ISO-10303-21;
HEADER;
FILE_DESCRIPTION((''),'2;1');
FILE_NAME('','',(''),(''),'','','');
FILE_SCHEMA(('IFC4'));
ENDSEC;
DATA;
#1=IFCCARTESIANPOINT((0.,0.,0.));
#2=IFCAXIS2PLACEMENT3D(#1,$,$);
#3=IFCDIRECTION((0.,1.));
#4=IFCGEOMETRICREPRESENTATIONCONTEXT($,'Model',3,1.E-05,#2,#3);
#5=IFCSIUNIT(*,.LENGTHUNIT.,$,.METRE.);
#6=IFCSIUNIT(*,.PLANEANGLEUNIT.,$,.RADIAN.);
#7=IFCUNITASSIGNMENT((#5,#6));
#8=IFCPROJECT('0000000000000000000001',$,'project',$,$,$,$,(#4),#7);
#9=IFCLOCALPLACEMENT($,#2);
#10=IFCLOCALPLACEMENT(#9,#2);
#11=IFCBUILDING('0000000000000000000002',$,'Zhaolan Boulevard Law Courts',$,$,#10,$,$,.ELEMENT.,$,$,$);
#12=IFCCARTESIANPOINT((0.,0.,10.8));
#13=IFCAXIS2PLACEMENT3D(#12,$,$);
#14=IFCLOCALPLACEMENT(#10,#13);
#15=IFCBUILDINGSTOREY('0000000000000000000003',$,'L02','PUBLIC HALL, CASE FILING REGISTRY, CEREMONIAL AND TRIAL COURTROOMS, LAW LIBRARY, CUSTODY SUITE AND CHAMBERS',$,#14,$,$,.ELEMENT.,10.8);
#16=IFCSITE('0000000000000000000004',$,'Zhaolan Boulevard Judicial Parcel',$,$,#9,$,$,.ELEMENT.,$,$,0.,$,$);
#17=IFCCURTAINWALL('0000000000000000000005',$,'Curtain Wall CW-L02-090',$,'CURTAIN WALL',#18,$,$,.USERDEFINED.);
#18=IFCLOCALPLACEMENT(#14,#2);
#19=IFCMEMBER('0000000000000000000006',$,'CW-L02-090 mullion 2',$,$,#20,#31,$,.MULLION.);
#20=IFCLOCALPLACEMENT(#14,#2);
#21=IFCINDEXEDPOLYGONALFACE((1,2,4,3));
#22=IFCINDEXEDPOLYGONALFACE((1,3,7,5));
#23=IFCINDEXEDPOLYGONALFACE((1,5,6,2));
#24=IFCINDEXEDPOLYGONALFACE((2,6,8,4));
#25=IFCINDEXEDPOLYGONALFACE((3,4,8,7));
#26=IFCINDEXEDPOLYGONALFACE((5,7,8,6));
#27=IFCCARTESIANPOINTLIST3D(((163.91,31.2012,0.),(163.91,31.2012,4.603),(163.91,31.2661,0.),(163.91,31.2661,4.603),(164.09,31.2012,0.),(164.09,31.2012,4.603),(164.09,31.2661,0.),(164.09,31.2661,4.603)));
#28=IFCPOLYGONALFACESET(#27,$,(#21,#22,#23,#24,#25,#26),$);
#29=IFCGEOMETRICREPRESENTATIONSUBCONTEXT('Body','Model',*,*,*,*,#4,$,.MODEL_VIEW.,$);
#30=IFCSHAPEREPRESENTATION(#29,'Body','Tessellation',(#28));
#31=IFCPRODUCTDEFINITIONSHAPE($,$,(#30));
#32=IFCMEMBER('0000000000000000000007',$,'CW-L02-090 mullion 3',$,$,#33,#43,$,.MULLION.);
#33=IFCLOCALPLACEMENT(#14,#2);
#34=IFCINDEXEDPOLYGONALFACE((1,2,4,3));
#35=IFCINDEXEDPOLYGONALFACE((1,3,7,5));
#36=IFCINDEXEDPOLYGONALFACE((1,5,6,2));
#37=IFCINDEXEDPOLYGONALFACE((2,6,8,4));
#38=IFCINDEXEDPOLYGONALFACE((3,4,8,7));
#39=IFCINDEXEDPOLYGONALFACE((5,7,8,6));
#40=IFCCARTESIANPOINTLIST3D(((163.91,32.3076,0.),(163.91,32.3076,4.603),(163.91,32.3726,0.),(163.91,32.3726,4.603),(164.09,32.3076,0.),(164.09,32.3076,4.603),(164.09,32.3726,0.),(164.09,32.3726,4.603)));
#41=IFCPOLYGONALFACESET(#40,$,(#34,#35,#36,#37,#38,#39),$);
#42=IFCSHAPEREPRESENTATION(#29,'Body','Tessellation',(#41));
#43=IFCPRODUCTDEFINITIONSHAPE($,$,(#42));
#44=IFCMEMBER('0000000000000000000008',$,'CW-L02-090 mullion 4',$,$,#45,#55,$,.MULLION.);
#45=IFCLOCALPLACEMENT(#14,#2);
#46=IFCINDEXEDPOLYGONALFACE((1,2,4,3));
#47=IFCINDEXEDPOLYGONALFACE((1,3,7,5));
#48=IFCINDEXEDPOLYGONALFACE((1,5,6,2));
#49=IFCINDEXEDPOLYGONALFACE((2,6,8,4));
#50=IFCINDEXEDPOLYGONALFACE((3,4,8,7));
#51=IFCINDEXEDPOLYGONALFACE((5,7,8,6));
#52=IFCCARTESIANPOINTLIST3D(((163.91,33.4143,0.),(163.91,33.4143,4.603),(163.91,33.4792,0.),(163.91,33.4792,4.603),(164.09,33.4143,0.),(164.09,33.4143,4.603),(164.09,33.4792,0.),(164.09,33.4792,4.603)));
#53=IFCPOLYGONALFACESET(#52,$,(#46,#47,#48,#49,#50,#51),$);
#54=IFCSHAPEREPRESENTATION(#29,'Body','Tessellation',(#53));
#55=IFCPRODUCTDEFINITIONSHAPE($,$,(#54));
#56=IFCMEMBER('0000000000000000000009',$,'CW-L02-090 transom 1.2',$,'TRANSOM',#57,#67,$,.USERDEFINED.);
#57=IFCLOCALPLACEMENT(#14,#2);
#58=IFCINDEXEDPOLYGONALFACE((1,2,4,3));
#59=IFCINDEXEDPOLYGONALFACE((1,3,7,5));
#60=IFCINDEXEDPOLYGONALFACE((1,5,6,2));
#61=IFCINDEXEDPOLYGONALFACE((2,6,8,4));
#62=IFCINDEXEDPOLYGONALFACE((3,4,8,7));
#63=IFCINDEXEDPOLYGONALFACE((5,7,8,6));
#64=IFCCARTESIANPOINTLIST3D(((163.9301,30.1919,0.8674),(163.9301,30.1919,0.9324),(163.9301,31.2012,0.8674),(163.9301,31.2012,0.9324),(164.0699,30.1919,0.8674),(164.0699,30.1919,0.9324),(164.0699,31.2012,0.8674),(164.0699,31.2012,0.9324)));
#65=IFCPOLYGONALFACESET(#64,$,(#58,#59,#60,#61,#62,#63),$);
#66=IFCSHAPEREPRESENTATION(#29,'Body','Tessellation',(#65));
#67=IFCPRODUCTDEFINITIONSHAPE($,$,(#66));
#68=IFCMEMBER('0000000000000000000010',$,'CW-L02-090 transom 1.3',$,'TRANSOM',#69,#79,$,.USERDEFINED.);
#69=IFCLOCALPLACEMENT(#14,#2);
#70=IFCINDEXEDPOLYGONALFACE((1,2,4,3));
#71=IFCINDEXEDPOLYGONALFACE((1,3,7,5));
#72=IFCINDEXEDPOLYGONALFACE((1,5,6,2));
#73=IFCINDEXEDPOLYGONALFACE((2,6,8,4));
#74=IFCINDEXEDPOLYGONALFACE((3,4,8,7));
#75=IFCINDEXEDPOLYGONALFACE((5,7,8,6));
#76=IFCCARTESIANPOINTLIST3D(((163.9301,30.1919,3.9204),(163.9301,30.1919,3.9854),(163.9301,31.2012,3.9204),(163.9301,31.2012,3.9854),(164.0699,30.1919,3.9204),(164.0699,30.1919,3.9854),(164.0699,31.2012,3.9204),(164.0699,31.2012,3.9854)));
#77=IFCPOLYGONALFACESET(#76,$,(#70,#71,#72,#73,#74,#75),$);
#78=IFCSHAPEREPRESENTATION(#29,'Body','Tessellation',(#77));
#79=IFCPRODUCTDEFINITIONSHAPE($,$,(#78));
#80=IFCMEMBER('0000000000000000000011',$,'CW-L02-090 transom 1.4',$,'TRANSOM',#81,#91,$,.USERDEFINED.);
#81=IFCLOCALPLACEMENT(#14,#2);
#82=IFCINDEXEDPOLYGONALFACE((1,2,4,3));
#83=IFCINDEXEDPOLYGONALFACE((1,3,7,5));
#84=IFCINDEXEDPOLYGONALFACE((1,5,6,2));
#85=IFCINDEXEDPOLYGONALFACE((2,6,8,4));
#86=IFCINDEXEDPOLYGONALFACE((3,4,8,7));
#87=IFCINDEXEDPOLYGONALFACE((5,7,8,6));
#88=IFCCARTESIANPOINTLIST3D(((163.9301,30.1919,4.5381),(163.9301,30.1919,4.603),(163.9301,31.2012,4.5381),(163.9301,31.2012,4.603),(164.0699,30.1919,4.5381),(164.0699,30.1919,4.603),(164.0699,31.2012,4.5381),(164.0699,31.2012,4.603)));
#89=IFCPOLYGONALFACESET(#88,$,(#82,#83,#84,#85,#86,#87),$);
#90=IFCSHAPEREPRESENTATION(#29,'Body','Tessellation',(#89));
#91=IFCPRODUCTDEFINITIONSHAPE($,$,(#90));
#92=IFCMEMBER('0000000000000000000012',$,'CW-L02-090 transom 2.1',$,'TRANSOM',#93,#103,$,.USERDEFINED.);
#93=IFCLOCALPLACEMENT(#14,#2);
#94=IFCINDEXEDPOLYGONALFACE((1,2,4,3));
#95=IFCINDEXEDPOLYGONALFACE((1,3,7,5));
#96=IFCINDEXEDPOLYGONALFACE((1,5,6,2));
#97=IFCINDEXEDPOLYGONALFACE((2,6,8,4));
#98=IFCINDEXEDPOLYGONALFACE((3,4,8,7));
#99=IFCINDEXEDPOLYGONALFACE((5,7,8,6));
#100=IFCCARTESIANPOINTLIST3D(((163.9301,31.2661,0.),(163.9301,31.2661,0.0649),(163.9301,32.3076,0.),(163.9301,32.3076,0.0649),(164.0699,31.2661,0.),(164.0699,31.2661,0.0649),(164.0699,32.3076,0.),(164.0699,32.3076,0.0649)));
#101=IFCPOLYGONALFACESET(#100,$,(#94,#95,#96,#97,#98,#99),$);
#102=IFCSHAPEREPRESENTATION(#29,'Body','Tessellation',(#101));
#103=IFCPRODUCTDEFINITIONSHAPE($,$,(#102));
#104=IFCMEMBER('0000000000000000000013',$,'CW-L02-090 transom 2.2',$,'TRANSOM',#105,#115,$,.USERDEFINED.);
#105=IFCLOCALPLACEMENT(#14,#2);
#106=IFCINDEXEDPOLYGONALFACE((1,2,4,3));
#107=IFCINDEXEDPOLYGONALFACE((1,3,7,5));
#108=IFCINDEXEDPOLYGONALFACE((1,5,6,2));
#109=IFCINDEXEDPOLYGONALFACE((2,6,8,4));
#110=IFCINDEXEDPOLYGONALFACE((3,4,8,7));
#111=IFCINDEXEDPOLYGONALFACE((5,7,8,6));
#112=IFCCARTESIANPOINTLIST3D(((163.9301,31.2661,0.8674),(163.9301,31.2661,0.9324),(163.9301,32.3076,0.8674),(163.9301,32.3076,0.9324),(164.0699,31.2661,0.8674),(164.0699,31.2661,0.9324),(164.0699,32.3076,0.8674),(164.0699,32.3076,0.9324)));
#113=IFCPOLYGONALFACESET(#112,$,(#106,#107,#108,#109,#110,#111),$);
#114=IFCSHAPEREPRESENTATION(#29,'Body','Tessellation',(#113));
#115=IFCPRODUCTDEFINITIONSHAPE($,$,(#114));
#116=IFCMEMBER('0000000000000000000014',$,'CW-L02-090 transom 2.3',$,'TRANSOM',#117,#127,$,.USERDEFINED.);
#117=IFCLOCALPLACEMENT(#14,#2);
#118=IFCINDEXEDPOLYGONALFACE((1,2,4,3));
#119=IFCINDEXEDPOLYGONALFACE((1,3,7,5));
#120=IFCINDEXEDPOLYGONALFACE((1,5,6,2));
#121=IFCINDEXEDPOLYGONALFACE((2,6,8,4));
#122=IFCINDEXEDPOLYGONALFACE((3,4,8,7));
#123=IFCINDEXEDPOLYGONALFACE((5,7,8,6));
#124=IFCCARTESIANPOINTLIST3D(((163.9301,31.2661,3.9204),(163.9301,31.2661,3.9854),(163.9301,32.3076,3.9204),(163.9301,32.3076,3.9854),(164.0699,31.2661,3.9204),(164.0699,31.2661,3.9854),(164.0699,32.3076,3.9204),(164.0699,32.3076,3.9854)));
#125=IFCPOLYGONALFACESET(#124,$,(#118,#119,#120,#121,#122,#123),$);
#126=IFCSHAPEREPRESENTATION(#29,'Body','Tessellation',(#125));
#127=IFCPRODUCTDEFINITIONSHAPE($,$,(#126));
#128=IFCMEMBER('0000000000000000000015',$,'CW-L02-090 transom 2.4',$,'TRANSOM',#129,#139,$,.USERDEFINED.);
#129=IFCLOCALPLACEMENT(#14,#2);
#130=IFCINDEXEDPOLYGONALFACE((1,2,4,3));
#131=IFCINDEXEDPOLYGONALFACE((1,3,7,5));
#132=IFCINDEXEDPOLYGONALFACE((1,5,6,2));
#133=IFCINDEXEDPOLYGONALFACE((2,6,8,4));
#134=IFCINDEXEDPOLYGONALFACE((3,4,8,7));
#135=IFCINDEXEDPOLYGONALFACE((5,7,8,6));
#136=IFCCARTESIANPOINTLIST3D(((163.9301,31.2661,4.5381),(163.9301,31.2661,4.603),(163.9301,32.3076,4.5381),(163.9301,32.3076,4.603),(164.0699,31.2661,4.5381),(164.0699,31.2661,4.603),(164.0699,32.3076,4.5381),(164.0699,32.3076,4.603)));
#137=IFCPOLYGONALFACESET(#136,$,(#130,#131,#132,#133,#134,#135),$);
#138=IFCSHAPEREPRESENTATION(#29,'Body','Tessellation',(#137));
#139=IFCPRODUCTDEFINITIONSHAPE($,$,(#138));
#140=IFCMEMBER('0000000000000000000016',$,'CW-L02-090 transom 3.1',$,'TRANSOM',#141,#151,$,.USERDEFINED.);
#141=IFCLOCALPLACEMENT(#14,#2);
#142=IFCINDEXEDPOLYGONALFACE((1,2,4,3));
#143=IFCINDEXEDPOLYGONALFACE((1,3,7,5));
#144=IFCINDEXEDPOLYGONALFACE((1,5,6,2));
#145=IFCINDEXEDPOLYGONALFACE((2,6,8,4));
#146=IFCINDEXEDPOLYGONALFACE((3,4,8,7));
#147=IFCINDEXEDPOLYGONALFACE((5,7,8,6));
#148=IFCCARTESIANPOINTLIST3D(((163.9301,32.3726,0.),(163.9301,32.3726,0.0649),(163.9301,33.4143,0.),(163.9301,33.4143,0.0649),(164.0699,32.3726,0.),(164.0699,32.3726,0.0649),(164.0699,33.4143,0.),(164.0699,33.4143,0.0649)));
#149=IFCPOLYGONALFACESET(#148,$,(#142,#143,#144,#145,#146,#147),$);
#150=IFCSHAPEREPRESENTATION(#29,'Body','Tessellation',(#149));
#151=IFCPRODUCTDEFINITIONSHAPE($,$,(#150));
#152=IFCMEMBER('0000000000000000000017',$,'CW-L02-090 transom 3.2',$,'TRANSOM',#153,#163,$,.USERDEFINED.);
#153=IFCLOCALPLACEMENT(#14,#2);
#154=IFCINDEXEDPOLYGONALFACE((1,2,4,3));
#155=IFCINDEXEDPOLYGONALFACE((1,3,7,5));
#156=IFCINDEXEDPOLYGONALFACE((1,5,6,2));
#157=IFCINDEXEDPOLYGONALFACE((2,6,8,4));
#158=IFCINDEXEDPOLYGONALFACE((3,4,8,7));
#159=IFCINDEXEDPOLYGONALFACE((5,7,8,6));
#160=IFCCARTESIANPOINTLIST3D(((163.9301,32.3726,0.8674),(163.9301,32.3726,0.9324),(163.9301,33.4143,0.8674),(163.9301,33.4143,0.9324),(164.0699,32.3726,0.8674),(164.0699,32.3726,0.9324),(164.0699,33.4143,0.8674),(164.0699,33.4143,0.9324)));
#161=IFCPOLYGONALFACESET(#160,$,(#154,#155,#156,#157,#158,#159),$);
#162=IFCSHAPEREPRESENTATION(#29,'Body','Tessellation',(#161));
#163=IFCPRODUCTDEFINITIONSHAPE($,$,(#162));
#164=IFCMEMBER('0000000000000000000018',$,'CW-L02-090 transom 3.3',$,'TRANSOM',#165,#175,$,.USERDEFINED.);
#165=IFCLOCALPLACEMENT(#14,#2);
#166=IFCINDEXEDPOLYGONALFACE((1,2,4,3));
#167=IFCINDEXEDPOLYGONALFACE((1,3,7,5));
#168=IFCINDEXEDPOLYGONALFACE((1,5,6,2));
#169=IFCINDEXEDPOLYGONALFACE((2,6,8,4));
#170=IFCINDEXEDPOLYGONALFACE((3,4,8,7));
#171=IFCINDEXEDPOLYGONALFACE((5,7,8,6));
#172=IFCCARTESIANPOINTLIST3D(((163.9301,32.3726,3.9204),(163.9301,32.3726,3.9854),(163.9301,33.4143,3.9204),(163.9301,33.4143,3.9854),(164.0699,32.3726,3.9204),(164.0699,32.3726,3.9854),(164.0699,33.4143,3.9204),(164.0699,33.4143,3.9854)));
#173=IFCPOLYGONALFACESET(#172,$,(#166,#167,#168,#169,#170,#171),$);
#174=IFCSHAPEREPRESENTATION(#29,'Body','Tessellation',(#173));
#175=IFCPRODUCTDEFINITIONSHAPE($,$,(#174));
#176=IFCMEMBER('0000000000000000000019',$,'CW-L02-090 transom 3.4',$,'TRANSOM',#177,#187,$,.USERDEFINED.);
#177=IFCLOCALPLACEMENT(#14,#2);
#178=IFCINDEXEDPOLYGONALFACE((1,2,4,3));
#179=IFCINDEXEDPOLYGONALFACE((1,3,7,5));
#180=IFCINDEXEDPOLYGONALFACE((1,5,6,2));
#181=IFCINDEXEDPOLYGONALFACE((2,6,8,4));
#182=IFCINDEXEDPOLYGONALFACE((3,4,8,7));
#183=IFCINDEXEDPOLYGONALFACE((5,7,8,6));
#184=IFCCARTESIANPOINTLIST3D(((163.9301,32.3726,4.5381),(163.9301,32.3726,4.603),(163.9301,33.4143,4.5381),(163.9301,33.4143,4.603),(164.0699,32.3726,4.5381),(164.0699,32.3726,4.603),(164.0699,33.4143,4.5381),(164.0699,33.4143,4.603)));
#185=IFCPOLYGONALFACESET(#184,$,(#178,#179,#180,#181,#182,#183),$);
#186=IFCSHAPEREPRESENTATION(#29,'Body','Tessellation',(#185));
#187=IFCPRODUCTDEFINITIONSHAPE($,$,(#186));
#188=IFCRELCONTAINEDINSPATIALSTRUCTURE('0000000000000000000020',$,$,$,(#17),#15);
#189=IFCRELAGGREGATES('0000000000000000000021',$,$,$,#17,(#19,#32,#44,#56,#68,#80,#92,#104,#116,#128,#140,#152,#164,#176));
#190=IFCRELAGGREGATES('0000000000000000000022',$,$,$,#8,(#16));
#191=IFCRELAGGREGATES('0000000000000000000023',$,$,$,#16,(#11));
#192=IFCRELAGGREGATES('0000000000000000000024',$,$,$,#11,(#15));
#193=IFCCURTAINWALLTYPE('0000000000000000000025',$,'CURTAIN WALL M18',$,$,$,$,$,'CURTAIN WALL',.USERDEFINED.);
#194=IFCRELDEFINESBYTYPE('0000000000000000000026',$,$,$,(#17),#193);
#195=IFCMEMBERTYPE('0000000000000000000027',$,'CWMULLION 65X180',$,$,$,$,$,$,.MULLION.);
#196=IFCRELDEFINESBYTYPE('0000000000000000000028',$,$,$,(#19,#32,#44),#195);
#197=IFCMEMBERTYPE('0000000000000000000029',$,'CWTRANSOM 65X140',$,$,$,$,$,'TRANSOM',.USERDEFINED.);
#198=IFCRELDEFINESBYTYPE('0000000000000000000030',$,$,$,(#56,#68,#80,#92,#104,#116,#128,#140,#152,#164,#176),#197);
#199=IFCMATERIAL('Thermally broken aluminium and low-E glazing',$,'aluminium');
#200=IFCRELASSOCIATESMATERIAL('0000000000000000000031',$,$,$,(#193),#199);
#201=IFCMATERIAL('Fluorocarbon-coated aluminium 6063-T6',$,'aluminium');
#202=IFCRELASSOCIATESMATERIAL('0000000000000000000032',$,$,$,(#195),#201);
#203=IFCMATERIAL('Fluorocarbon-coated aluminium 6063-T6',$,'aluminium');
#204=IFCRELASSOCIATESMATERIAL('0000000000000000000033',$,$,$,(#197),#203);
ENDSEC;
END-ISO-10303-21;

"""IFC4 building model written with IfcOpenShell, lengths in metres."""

from ifc_helpers import new_model, si_unit, direction, frame, origin, origin_2d, place, context, subcontext, project, spatial, rectangle, extrude, material, material_profile, profile_set, type_object, element, aggregate, save


model = new_model("IFC4")

# Units and contexts
model_context = context("Model", 3, precision=1e-05, world=origin(), true_north=direction((0.0, 1.0)))
body_context = subcontext(model_context, "Body", "Model", "MODEL_VIEW")
ifc_project = project(units=[si_unit("LENGTHUNIT", "METRE"), si_unit("PLANEANGLEUNIT", "RADIAN")], contexts=[model_context])

# Site, building, storey
site_placement = place(None, origin())
site = spatial("IfcSite", under=ifc_project, at=site_placement, Name="Zhaolan Boulevard Judicial Parcel", CompositionType="ELEMENT", RefElevation=0.0)
building_placement = place(site_placement, origin())
building = spatial("IfcBuilding", under=site, at=building_placement, Name="Zhaolan Boulevard Law Courts", CompositionType="ELEMENT")
storey_placement = place(building_placement, frame((0.0, 0.0, 10.8)))
storey = spatial("IfcBuildingStorey", under=building, at=storey_placement, Name="L02", Description="PUBLIC HALL, CASE FILING REGISTRY, CEREMONIAL AND TRIAL COURTROOMS, LAW LIBRARY, CUSTODY SUITE AND CHAMBERS", CompositionType="ELEMENT", Elevation=10.8)

# Curtain wall, members
ifc_material_1 = material(Name="Thermally broken aluminium and low-E glazing", Category="aluminium")
curtain_wall_type = type_object("IfcCurtainWallType", Name="CURTAIN WALL M18", ElementType="CURTAIN WALL", PredefinedType="USERDEFINED", material=ifc_material_1)
curtain_wall_placement = place(storey_placement, origin())
curtain_wall = element("IfcCurtainWall", 1, at=curtain_wall_placement, inside=storey, type_object=curtain_wall_type, Name="Curtain Wall CW-L02-090", ObjectType="CURTAIN WALL", PredefinedType="USERDEFINED")
ifc_material_2 = material(Name="Fluorocarbon-coated aluminium 6063-T6", Category="aluminium")
ifc_material_profile_1 = material_profile(ifc_material_2, rectangle(XDim=0.1799, YDim=0.0649, at=origin_2d()), Name="AL65x180")
ifc_profile_set_1 = profile_set([ifc_material_profile_1], Name="Fluorocarbon-coated aluminium 6063-T6")
member_type_1 = type_object("IfcMemberType", Name="CWMULLION 65X180", PredefinedType="MULLION", material=ifc_profile_set_1)
member_1_placement = place(storey_placement, frame((164.0, 31.2336, 0.0), z_axis=(0.0, 0.0, 1.0), x_axis=(-1.0, 0.0, 0.0)))
member_1 = element("IfcMember", 2, at=member_1_placement, type_object=member_type_1, Name="CW-L02-090 mullion 2", PredefinedType="MULLION", context=body_context, shape_type="SweptSolid", body=[
    extrude(rectangle(XDim=0.1799, YDim=0.0649, at=origin_2d()), origin(), (0.0, 0.0, 1.0), 4.603),
])
member_2_placement = place(storey_placement, frame((164.0, 32.3401, 0.0), z_axis=(0.0, 0.0, 1.0), x_axis=(-1.0, 0.0, 0.0)))
member_2 = element("IfcMember", 3, at=member_2_placement, type_object=member_type_1, Name="CW-L02-090 mullion 3", PredefinedType="MULLION", context=body_context, shape_type="SweptSolid", body=[
    extrude(rectangle(XDim=0.1799, YDim=0.0649, at=origin_2d()), origin(), (0.0, 0.0, 1.0), 4.603),
])
member_3_placement = place(storey_placement, frame((164.0, 33.4468, 0.0), z_axis=(0.0, 0.0, 1.0), x_axis=(-1.0, 0.0, 0.0)))
member_3 = element("IfcMember", 4, at=member_3_placement, type_object=member_type_1, Name="CW-L02-090 mullion 4", PredefinedType="MULLION", context=body_context, shape_type="SweptSolid", body=[
    extrude(rectangle(XDim=0.1799, YDim=0.0649, at=origin_2d()), origin(), (0.0, 0.0, 1.0), 4.603),
])
ifc_material_3 = material(Name="Fluorocarbon-coated aluminium 6063-T6", Category="aluminium")
ifc_material_profile_2 = material_profile(ifc_material_3, rectangle(XDim=0.1399, YDim=0.0649, at=origin_2d()), Name="AL65x140")
ifc_profile_set_2 = profile_set([ifc_material_profile_2], Name="Fluorocarbon-coated aluminium 6063-T6")
member_type_2 = type_object("IfcMemberType", Name="CWTRANSOM 65X140", ElementType="TRANSOM", PredefinedType="USERDEFINED", material=ifc_profile_set_2)
member_4_placement = place(storey_placement, frame((164.0, 30.1919, 0.8999), z_axis=(0.0, 1.0, 0.0), x_axis=(-1.0, 0.0, 0.0)))
member_4 = element("IfcMember", 5, at=member_4_placement, type_object=member_type_2, Name="CW-L02-090 transom 1.2", ObjectType="TRANSOM", PredefinedType="USERDEFINED", context=body_context, shape_type="SweptSolid", body=[
    extrude(rectangle(XDim=0.1399, YDim=0.0649, at=origin_2d()), origin(), (0.0, 0.0, 1.0), 1.0093),
])
member_5_placement = place(storey_placement, frame((164.0, 30.1919, 3.9529), z_axis=(0.0, 1.0, 0.0), x_axis=(-1.0, 0.0, 0.0)))
member_5 = element("IfcMember", 6, at=member_5_placement, type_object=member_type_2, Name="CW-L02-090 transom 1.3", ObjectType="TRANSOM", PredefinedType="USERDEFINED", context=body_context, shape_type="SweptSolid", body=[
    extrude(rectangle(XDim=0.1399, YDim=0.0649, at=origin_2d()), origin(), (0.0, 0.0, 1.0), 1.0093),
])
member_6_placement = place(storey_placement, frame((164.0, 30.1919, 4.5706), z_axis=(0.0, 1.0, 0.0), x_axis=(-1.0, 0.0, 0.0)))
member_6 = element("IfcMember", 7, at=member_6_placement, type_object=member_type_2, Name="CW-L02-090 transom 1.4", ObjectType="TRANSOM", PredefinedType="USERDEFINED", context=body_context, shape_type="SweptSolid", body=[
    extrude(rectangle(XDim=0.1399, YDim=0.0649, at=origin_2d()), origin(), (0.0, 0.0, 1.0), 1.0093),
])
member_7_placement = place(storey_placement, frame((164.0, 31.2661, 0.0325), z_axis=(0.0, 1.0, 0.0), x_axis=(-1.0, 0.0, 0.0)))
member_7 = element("IfcMember", 8, at=member_7_placement, type_object=member_type_2, Name="CW-L02-090 transom 2.1", ObjectType="TRANSOM", PredefinedType="USERDEFINED", context=body_context, shape_type="SweptSolid", body=[
    extrude(rectangle(XDim=0.1399, YDim=0.0649, at=origin_2d()), origin(), (0.0, 0.0, 1.0), 1.0415),
])
member_8_placement = place(storey_placement, frame((164.0, 31.2661, 0.8999), z_axis=(0.0, 1.0, 0.0), x_axis=(-1.0, 0.0, 0.0)))
member_8 = element("IfcMember", 9, at=member_8_placement, type_object=member_type_2, Name="CW-L02-090 transom 2.2", ObjectType="TRANSOM", PredefinedType="USERDEFINED", context=body_context, shape_type="SweptSolid", body=[
    extrude(rectangle(XDim=0.1399, YDim=0.0649, at=origin_2d()), origin(), (0.0, 0.0, 1.0), 1.0415),
])
member_9_placement = place(storey_placement, frame((164.0, 31.2661, 3.9529), z_axis=(0.0, 1.0, 0.0), x_axis=(-1.0, 0.0, 0.0)))
member_9 = element("IfcMember", 10, at=member_9_placement, type_object=member_type_2, Name="CW-L02-090 transom 2.3", ObjectType="TRANSOM", PredefinedType="USERDEFINED", context=body_context, shape_type="SweptSolid", body=[
    extrude(rectangle(XDim=0.1399, YDim=0.0649, at=origin_2d()), origin(), (0.0, 0.0, 1.0), 1.0415),
])
member_10_placement = place(storey_placement, frame((164.0, 31.2661, 4.5706), z_axis=(0.0, 1.0, 0.0), x_axis=(-1.0, 0.0, 0.0)))
member_10 = element("IfcMember", 11, at=member_10_placement, type_object=member_type_2, Name="CW-L02-090 transom 2.4", ObjectType="TRANSOM", PredefinedType="USERDEFINED", context=body_context, shape_type="SweptSolid", body=[
    extrude(rectangle(XDim=0.1399, YDim=0.0649, at=origin_2d()), origin(), (0.0, 0.0, 1.0), 1.0415),
])
member_11_placement = place(storey_placement, frame((164.0, 32.3726, 0.0325), z_axis=(0.0, 1.0, 0.0), x_axis=(-1.0, 0.0, 0.0)))
member_11 = element("IfcMember", 12, at=member_11_placement, type_object=member_type_2, Name="CW-L02-090 transom 3.1", ObjectType="TRANSOM", PredefinedType="USERDEFINED", context=body_context, shape_type="SweptSolid", body=[
    extrude(rectangle(XDim=0.1399, YDim=0.0649, at=origin_2d()), origin(), (0.0, 0.0, 1.0), 1.0417),
])
member_12_placement = place(storey_placement, frame((164.0, 32.3726, 0.8999), z_axis=(0.0, 1.0, 0.0), x_axis=(-1.0, 0.0, 0.0)))
member_12 = element("IfcMember", 13, at=member_12_placement, type_object=member_type_2, Name="CW-L02-090 transom 3.2", ObjectType="TRANSOM", PredefinedType="USERDEFINED", context=body_context, shape_type="SweptSolid", body=[
    extrude(rectangle(XDim=0.1399, YDim=0.0649, at=origin_2d()), origin(), (0.0, 0.0, 1.0), 1.0417),
])
member_13_placement = place(storey_placement, frame((164.0, 32.3726, 3.9529), z_axis=(0.0, 1.0, 0.0), x_axis=(-1.0, 0.0, 0.0)))
member_13 = element("IfcMember", 14, at=member_13_placement, type_object=member_type_2, Name="CW-L02-090 transom 3.3", ObjectType="TRANSOM", PredefinedType="USERDEFINED", context=body_context, shape_type="SweptSolid", body=[
    extrude(rectangle(XDim=0.1399, YDim=0.0649, at=origin_2d()), origin(), (0.0, 0.0, 1.0), 1.0417),
])
member_14_placement = place(storey_placement, frame((164.0, 32.3726, 4.5706), z_axis=(0.0, 1.0, 0.0), x_axis=(-1.0, 0.0, 0.0)))
member_14 = element("IfcMember", 15, at=member_14_placement, type_object=member_type_2, Name="CW-L02-090 transom 3.4", ObjectType="TRANSOM", PredefinedType="USERDEFINED", context=body_context, shape_type="SweptSolid", body=[
    extrude(rectangle(XDim=0.1399, YDim=0.0649, at=origin_2d()), origin(), (0.0, 0.0, 1.0), 1.0417),
])
aggregate(curtain_wall, [member_1, member_2, member_3, member_4, member_5, member_6, member_7, member_8, member_9, member_10, member_11, member_12, member_13, member_14])

save(model, "model.ifc")
